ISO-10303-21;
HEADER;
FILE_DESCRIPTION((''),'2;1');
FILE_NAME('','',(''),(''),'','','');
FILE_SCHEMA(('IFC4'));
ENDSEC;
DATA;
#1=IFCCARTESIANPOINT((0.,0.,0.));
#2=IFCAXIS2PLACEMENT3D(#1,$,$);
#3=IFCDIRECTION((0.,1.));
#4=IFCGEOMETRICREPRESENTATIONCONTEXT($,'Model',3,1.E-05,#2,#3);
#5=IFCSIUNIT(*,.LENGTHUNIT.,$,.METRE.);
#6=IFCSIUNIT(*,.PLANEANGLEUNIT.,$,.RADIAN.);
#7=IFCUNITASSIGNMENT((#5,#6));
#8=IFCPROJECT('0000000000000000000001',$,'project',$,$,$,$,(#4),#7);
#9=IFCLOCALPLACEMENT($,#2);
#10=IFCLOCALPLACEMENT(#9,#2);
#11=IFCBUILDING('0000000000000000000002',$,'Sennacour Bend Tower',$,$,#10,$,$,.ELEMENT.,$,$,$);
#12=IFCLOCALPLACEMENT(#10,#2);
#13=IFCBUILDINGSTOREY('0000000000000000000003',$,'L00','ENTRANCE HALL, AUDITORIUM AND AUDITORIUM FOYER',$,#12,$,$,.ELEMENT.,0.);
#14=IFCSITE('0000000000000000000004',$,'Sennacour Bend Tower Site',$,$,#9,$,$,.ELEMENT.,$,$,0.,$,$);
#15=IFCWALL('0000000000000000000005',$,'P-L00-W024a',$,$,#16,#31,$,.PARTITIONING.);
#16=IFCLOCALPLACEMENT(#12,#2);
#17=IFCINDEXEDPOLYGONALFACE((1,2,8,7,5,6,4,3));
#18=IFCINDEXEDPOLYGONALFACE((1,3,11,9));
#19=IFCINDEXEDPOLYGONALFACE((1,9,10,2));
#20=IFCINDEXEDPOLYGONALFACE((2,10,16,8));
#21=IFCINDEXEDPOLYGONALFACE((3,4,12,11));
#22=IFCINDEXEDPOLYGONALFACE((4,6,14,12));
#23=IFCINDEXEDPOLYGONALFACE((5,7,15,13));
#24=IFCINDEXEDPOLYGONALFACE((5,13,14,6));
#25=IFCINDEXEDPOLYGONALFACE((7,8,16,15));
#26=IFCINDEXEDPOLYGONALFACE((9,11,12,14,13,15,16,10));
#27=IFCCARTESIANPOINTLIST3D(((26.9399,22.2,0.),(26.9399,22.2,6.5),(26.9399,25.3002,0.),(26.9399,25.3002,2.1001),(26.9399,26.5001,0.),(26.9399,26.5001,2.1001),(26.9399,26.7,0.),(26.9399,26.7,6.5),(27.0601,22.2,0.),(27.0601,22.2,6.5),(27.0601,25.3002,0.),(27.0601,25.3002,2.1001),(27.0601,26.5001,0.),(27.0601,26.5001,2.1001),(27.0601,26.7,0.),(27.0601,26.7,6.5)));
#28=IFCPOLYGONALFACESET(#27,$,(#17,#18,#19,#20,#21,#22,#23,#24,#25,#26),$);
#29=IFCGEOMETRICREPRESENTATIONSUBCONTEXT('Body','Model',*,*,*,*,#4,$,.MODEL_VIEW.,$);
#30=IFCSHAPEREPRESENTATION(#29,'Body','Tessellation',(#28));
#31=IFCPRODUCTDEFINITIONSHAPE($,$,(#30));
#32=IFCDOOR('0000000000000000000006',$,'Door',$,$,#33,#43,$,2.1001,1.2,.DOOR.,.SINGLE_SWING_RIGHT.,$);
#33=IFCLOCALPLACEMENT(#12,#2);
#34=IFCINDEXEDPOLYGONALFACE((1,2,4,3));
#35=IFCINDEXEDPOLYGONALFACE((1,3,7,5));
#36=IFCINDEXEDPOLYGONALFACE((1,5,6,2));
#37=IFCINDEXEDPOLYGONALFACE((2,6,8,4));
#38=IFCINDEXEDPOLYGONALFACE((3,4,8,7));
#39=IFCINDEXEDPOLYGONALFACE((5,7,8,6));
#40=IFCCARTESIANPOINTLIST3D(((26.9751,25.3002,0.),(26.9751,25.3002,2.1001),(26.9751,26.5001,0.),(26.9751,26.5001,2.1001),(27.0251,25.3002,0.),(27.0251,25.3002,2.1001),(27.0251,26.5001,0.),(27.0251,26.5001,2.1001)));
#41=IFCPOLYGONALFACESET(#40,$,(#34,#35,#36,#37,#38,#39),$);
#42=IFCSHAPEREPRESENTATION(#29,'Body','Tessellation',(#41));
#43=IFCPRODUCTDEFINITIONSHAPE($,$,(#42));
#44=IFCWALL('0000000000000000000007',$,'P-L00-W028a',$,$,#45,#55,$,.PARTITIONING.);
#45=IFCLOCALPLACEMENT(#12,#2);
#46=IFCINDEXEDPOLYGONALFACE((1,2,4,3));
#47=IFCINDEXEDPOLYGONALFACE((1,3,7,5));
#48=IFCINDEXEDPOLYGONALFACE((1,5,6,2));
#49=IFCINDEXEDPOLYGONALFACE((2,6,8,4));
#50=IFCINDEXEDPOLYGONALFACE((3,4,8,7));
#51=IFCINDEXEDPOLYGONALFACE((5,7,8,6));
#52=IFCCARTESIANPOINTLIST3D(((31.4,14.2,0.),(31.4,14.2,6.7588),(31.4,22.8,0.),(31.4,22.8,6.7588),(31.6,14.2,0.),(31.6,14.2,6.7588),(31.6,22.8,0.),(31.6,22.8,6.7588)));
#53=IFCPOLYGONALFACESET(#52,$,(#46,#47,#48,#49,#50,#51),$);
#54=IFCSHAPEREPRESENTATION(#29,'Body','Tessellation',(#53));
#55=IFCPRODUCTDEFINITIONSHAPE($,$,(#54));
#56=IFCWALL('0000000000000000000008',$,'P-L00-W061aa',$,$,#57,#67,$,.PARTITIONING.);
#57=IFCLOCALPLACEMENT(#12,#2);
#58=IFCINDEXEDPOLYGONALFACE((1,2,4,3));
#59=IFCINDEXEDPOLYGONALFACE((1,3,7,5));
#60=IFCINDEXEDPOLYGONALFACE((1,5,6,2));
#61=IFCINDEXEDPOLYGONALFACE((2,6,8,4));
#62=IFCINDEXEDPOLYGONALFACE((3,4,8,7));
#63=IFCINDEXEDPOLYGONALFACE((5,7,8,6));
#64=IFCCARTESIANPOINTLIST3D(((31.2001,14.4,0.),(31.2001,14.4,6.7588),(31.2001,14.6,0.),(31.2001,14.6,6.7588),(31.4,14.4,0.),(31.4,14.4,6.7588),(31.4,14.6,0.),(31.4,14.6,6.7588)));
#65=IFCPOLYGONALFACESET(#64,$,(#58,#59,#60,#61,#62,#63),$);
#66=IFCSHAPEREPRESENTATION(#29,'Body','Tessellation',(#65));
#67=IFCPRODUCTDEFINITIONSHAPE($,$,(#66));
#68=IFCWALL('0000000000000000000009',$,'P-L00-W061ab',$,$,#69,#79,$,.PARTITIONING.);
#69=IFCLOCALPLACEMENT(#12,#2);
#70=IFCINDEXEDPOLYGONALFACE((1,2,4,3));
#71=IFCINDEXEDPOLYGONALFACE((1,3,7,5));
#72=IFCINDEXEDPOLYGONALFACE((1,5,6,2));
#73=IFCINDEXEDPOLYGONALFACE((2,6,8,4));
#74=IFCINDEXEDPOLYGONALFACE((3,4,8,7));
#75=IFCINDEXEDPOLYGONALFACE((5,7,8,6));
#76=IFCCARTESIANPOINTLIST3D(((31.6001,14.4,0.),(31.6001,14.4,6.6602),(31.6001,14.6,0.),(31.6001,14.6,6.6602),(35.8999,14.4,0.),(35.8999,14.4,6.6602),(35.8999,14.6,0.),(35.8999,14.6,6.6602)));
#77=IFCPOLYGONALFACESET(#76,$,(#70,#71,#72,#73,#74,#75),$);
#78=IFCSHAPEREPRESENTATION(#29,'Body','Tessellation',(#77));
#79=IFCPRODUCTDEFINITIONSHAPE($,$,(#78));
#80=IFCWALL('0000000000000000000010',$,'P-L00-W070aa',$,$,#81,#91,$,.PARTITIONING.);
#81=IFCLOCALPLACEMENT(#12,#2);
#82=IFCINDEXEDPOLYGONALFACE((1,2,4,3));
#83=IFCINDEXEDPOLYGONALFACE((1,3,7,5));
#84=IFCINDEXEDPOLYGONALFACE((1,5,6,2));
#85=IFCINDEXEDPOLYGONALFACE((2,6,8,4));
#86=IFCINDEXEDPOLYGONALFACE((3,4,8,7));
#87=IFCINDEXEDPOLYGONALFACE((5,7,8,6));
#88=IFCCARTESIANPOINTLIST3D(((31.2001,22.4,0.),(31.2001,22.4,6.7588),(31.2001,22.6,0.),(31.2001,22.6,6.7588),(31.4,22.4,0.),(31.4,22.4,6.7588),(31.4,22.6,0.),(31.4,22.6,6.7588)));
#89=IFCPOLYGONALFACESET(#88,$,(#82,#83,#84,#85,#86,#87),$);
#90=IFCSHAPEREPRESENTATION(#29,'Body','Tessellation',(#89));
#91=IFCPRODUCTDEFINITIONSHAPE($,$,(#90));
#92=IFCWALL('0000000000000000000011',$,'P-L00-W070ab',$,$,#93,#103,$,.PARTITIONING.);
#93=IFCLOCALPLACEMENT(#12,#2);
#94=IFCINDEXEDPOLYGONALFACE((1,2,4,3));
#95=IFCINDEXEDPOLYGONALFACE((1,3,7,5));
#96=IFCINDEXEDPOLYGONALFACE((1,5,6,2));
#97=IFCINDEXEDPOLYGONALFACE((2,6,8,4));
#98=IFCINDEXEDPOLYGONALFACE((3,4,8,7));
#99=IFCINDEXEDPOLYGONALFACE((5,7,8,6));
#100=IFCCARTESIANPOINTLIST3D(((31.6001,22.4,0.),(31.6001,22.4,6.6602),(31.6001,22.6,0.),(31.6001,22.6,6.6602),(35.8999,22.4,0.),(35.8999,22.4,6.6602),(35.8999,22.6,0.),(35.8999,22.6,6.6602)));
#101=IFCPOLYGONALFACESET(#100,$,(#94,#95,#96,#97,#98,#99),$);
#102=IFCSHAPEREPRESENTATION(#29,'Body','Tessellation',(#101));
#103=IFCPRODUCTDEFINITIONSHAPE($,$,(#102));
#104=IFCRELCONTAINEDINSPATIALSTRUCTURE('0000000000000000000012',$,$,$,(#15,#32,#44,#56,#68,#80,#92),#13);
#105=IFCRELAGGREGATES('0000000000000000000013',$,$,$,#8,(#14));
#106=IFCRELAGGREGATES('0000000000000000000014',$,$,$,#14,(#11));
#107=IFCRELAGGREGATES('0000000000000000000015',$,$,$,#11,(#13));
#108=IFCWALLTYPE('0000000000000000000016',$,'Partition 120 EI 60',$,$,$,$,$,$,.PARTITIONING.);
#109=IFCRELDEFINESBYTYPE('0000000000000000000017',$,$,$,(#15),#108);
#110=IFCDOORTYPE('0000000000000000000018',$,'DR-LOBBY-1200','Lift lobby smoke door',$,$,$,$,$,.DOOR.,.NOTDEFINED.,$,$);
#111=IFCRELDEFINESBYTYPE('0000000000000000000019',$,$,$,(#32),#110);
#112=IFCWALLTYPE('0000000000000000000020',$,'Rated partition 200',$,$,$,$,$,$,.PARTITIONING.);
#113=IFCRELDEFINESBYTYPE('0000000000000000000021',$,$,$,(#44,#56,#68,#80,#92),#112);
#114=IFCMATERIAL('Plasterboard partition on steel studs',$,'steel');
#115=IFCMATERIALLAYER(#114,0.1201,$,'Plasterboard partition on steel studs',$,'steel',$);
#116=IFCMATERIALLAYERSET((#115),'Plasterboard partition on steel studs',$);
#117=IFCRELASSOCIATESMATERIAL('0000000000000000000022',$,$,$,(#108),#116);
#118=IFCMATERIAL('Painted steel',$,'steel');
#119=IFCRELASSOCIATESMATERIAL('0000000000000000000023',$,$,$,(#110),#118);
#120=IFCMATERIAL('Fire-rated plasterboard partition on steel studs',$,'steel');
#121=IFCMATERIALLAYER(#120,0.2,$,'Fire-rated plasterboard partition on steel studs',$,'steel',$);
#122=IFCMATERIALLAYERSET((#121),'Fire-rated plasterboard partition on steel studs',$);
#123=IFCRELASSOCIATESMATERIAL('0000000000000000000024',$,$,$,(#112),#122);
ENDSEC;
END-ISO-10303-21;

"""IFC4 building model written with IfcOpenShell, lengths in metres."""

from ifc_helpers import new_model, si_unit, direction, frame, frame_2d, origin, place, context, subcontext, project, spatial, rectangle, extrude, material, layer, layer_set, type_object, element, fill, save


model = new_model("IFC4")

# Units and contexts
model_context = context("Model", 3, precision=1e-05, world=origin(), true_north=direction((0.0, 1.0)))
body_context = subcontext(model_context, "Body", "Model", "MODEL_VIEW")
ifc_project = project(units=[si_unit("LENGTHUNIT", "METRE"), si_unit("PLANEANGLEUNIT", "RADIAN")], contexts=[model_context])

# Site, building, storey
site_placement = place(None, origin())
site = spatial("IfcSite", under=ifc_project, at=site_placement, Name="Sennacour Bend Tower Site", CompositionType="ELEMENT", RefElevation=0.0)
building_placement = place(site_placement, origin())
building = spatial("IfcBuilding", under=site, at=building_placement, Name="Sennacour Bend Tower", CompositionType="ELEMENT")
storey_placement = place(building_placement, origin())
storey = spatial("IfcBuildingStorey", under=building, at=storey_placement, Name="L00", Description="ENTRANCE HALL, AUDITORIUM AND AUDITORIUM FOYER", CompositionType="ELEMENT", Elevation=0.0)

# Shared definitions
ifc_material_1 = material(Name="Plasterboard partition on steel studs", Category="steel")

# Wall, opening, door
ifc_layer_1 = layer(ifc_material_1, 0.1201, Name="Plasterboard partition on steel studs", Category="steel")
ifc_layer_set_1 = layer_set([ifc_layer_1], Name="Plasterboard partition on steel studs")
wall_type_1 = type_object("IfcWallType", Name="Partition 120 EI 60", PredefinedType="PARTITIONING", material=ifc_layer_set_1)
wall_1_placement = place(storey_placement, frame((27.0, 22.2, 0.0), z_axis=(0.0, 0.0, 1.0), x_axis=(0.0, 1.0, 0.0)))
wall_1 = element("IfcWall", 1, at=wall_1_placement, inside=storey, type_object=wall_type_1, Name="P-L00-W024a", PredefinedType="PARTITIONING", context=body_context, shape_type="SweptSolid", body=[
    extrude(rectangle(XDim=4.5, YDim=0.1201, at=frame_2d((2.25, 0.0))), origin(), (0.0, 0.0, 1.0), 6.5),
])
opening_placement = place(wall_1_placement, frame((3.1001, 0.0, 0.0)))
opening = element("IfcOpeningElement", 2, at=opening_placement, cuts=wall_1, PredefinedType="OPENING", context=body_context, shape_type="SweptSolid", body=[
    extrude(rectangle(XDim=1.2, YDim=2.1001, at=frame_2d((0.6001, 1.05))), frame((0.0, 0.0701, 0.0), z_axis=(0.0, -1.0, 0.0), x_axis=(1.0, 0.0, 0.0)), (0.0, 0.0, 1.0), 0.1401),
])
ifc_material_2 = material(Name="Painted steel", Category="steel")
door_type = type_object("IfcDoorType", Name="DR-LOBBY-1200", Description="Lift lobby smoke door", OperationType="NOTDEFINED", PredefinedType="DOOR", material=ifc_material_2)
door_placement = place(opening_placement, origin())
door = element("IfcDoor", 3, at=door_placement, inside=storey, type_object=door_type, Name="Door", OperationType="SINGLE_SWING_RIGHT", OverallHeight=2.1001, OverallWidth=1.2, PredefinedType="DOOR", context=body_context, shape_type="SweptSolid", body=[
    extrude(rectangle(XDim=1.2, YDim=2.1001, at=frame_2d((0.6001, 1.05))), frame((0.0, 0.0249, 0.0), z_axis=(0.0, -1.0, 0.0), x_axis=(1.0, 0.0, 0.0)), (0.0, 0.0, 1.0), 0.05),
])
fill(opening, door)

# Walls
ifc_material_3 = material(Name="Fire-rated plasterboard partition on steel studs", Category="steel")
ifc_layer_2 = layer(ifc_material_3, 0.2, Name="Fire-rated plasterboard partition on steel studs", Category="steel")
ifc_layer_set_2 = layer_set([ifc_layer_2], Name="Fire-rated plasterboard partition on steel studs")
wall_type_2 = type_object("IfcWallType", Name="Rated partition 200", PredefinedType="PARTITIONING", material=ifc_layer_set_2)
wall_2_placement = place(storey_placement, frame((31.5, 14.2, 0.0), z_axis=(0.0, 0.0, 1.0), x_axis=(0.0, 1.0, 0.0)))
element("IfcWall", 4, at=wall_2_placement, inside=storey, type_object=wall_type_2, Name="P-L00-W028a", PredefinedType="PARTITIONING", context=body_context, shape_type="SweptSolid", body=[
    extrude(rectangle(XDim=8.6001, YDim=0.2, at=frame_2d((4.3, 0.0))), origin(), (0.0, 0.0, 1.0), 6.7588),
])
wall_3_placement = place(storey_placement, frame((31.2, 14.5, 0.0), z_axis=(0.0, 0.0, 1.0), x_axis=(1.0, 0.0, 0.0)))
element("IfcWall", 5, at=wall_3_placement, inside=storey, type_object=wall_type_2, Name="P-L00-W061aa", PredefinedType="PARTITIONING", context=body_context, shape_type="SweptSolid", body=[
    extrude(rectangle(XDim=0.2, YDim=0.2, at=frame_2d((0.1001, 0.0))), origin(), (0.0, 0.0, 1.0), 6.7588),
])
wall_4_placement = place(storey_placement, frame((31.6001, 14.5, 0.0), z_axis=(0.0, 0.0, 1.0), x_axis=(1.0, 0.0, 0.0)))
element("IfcWall", 6, at=wall_4_placement, inside=storey, type_object=wall_type_2, Name="P-L00-W061ab", PredefinedType="PARTITIONING", context=body_context, shape_type="SweptSolid", body=[
    extrude(rectangle(XDim=4.2998, YDim=0.2, at=frame_2d((2.1499, 0.0))), origin(), (0.0, 0.0, 1.0), 6.6602),
])
wall_5_placement = place(storey_placement, frame((31.2, 22.5, 0.0), z_axis=(0.0, 0.0, 1.0), x_axis=(1.0, 0.0, 0.0)))
element("IfcWall", 7, at=wall_5_placement, inside=storey, type_object=wall_type_2, Name="P-L00-W070aa", PredefinedType="PARTITIONING", context=body_context, shape_type="SweptSolid", body=[
    extrude(rectangle(XDim=0.2, YDim=0.2, at=frame_2d((0.1001, 0.0))), origin(), (0.0, 0.0, 1.0), 6.7588),
])
wall_6_placement = place(storey_placement, frame((31.6001, 22.5, 0.0), z_axis=(0.0, 0.0, 1.0), x_axis=(1.0, 0.0, 0.0)))
element("IfcWall", 8, at=wall_6_placement, inside=storey, type_object=wall_type_2, Name="P-L00-W070ab", PredefinedType="PARTITIONING", context=body_context, shape_type="SweptSolid", body=[
    extrude(rectangle(XDim=4.2998, YDim=0.2, at=frame_2d((2.1499, 0.0))), origin(), (0.0, 0.0, 1.0), 6.6602),
])

save(model, "model.ifc")
